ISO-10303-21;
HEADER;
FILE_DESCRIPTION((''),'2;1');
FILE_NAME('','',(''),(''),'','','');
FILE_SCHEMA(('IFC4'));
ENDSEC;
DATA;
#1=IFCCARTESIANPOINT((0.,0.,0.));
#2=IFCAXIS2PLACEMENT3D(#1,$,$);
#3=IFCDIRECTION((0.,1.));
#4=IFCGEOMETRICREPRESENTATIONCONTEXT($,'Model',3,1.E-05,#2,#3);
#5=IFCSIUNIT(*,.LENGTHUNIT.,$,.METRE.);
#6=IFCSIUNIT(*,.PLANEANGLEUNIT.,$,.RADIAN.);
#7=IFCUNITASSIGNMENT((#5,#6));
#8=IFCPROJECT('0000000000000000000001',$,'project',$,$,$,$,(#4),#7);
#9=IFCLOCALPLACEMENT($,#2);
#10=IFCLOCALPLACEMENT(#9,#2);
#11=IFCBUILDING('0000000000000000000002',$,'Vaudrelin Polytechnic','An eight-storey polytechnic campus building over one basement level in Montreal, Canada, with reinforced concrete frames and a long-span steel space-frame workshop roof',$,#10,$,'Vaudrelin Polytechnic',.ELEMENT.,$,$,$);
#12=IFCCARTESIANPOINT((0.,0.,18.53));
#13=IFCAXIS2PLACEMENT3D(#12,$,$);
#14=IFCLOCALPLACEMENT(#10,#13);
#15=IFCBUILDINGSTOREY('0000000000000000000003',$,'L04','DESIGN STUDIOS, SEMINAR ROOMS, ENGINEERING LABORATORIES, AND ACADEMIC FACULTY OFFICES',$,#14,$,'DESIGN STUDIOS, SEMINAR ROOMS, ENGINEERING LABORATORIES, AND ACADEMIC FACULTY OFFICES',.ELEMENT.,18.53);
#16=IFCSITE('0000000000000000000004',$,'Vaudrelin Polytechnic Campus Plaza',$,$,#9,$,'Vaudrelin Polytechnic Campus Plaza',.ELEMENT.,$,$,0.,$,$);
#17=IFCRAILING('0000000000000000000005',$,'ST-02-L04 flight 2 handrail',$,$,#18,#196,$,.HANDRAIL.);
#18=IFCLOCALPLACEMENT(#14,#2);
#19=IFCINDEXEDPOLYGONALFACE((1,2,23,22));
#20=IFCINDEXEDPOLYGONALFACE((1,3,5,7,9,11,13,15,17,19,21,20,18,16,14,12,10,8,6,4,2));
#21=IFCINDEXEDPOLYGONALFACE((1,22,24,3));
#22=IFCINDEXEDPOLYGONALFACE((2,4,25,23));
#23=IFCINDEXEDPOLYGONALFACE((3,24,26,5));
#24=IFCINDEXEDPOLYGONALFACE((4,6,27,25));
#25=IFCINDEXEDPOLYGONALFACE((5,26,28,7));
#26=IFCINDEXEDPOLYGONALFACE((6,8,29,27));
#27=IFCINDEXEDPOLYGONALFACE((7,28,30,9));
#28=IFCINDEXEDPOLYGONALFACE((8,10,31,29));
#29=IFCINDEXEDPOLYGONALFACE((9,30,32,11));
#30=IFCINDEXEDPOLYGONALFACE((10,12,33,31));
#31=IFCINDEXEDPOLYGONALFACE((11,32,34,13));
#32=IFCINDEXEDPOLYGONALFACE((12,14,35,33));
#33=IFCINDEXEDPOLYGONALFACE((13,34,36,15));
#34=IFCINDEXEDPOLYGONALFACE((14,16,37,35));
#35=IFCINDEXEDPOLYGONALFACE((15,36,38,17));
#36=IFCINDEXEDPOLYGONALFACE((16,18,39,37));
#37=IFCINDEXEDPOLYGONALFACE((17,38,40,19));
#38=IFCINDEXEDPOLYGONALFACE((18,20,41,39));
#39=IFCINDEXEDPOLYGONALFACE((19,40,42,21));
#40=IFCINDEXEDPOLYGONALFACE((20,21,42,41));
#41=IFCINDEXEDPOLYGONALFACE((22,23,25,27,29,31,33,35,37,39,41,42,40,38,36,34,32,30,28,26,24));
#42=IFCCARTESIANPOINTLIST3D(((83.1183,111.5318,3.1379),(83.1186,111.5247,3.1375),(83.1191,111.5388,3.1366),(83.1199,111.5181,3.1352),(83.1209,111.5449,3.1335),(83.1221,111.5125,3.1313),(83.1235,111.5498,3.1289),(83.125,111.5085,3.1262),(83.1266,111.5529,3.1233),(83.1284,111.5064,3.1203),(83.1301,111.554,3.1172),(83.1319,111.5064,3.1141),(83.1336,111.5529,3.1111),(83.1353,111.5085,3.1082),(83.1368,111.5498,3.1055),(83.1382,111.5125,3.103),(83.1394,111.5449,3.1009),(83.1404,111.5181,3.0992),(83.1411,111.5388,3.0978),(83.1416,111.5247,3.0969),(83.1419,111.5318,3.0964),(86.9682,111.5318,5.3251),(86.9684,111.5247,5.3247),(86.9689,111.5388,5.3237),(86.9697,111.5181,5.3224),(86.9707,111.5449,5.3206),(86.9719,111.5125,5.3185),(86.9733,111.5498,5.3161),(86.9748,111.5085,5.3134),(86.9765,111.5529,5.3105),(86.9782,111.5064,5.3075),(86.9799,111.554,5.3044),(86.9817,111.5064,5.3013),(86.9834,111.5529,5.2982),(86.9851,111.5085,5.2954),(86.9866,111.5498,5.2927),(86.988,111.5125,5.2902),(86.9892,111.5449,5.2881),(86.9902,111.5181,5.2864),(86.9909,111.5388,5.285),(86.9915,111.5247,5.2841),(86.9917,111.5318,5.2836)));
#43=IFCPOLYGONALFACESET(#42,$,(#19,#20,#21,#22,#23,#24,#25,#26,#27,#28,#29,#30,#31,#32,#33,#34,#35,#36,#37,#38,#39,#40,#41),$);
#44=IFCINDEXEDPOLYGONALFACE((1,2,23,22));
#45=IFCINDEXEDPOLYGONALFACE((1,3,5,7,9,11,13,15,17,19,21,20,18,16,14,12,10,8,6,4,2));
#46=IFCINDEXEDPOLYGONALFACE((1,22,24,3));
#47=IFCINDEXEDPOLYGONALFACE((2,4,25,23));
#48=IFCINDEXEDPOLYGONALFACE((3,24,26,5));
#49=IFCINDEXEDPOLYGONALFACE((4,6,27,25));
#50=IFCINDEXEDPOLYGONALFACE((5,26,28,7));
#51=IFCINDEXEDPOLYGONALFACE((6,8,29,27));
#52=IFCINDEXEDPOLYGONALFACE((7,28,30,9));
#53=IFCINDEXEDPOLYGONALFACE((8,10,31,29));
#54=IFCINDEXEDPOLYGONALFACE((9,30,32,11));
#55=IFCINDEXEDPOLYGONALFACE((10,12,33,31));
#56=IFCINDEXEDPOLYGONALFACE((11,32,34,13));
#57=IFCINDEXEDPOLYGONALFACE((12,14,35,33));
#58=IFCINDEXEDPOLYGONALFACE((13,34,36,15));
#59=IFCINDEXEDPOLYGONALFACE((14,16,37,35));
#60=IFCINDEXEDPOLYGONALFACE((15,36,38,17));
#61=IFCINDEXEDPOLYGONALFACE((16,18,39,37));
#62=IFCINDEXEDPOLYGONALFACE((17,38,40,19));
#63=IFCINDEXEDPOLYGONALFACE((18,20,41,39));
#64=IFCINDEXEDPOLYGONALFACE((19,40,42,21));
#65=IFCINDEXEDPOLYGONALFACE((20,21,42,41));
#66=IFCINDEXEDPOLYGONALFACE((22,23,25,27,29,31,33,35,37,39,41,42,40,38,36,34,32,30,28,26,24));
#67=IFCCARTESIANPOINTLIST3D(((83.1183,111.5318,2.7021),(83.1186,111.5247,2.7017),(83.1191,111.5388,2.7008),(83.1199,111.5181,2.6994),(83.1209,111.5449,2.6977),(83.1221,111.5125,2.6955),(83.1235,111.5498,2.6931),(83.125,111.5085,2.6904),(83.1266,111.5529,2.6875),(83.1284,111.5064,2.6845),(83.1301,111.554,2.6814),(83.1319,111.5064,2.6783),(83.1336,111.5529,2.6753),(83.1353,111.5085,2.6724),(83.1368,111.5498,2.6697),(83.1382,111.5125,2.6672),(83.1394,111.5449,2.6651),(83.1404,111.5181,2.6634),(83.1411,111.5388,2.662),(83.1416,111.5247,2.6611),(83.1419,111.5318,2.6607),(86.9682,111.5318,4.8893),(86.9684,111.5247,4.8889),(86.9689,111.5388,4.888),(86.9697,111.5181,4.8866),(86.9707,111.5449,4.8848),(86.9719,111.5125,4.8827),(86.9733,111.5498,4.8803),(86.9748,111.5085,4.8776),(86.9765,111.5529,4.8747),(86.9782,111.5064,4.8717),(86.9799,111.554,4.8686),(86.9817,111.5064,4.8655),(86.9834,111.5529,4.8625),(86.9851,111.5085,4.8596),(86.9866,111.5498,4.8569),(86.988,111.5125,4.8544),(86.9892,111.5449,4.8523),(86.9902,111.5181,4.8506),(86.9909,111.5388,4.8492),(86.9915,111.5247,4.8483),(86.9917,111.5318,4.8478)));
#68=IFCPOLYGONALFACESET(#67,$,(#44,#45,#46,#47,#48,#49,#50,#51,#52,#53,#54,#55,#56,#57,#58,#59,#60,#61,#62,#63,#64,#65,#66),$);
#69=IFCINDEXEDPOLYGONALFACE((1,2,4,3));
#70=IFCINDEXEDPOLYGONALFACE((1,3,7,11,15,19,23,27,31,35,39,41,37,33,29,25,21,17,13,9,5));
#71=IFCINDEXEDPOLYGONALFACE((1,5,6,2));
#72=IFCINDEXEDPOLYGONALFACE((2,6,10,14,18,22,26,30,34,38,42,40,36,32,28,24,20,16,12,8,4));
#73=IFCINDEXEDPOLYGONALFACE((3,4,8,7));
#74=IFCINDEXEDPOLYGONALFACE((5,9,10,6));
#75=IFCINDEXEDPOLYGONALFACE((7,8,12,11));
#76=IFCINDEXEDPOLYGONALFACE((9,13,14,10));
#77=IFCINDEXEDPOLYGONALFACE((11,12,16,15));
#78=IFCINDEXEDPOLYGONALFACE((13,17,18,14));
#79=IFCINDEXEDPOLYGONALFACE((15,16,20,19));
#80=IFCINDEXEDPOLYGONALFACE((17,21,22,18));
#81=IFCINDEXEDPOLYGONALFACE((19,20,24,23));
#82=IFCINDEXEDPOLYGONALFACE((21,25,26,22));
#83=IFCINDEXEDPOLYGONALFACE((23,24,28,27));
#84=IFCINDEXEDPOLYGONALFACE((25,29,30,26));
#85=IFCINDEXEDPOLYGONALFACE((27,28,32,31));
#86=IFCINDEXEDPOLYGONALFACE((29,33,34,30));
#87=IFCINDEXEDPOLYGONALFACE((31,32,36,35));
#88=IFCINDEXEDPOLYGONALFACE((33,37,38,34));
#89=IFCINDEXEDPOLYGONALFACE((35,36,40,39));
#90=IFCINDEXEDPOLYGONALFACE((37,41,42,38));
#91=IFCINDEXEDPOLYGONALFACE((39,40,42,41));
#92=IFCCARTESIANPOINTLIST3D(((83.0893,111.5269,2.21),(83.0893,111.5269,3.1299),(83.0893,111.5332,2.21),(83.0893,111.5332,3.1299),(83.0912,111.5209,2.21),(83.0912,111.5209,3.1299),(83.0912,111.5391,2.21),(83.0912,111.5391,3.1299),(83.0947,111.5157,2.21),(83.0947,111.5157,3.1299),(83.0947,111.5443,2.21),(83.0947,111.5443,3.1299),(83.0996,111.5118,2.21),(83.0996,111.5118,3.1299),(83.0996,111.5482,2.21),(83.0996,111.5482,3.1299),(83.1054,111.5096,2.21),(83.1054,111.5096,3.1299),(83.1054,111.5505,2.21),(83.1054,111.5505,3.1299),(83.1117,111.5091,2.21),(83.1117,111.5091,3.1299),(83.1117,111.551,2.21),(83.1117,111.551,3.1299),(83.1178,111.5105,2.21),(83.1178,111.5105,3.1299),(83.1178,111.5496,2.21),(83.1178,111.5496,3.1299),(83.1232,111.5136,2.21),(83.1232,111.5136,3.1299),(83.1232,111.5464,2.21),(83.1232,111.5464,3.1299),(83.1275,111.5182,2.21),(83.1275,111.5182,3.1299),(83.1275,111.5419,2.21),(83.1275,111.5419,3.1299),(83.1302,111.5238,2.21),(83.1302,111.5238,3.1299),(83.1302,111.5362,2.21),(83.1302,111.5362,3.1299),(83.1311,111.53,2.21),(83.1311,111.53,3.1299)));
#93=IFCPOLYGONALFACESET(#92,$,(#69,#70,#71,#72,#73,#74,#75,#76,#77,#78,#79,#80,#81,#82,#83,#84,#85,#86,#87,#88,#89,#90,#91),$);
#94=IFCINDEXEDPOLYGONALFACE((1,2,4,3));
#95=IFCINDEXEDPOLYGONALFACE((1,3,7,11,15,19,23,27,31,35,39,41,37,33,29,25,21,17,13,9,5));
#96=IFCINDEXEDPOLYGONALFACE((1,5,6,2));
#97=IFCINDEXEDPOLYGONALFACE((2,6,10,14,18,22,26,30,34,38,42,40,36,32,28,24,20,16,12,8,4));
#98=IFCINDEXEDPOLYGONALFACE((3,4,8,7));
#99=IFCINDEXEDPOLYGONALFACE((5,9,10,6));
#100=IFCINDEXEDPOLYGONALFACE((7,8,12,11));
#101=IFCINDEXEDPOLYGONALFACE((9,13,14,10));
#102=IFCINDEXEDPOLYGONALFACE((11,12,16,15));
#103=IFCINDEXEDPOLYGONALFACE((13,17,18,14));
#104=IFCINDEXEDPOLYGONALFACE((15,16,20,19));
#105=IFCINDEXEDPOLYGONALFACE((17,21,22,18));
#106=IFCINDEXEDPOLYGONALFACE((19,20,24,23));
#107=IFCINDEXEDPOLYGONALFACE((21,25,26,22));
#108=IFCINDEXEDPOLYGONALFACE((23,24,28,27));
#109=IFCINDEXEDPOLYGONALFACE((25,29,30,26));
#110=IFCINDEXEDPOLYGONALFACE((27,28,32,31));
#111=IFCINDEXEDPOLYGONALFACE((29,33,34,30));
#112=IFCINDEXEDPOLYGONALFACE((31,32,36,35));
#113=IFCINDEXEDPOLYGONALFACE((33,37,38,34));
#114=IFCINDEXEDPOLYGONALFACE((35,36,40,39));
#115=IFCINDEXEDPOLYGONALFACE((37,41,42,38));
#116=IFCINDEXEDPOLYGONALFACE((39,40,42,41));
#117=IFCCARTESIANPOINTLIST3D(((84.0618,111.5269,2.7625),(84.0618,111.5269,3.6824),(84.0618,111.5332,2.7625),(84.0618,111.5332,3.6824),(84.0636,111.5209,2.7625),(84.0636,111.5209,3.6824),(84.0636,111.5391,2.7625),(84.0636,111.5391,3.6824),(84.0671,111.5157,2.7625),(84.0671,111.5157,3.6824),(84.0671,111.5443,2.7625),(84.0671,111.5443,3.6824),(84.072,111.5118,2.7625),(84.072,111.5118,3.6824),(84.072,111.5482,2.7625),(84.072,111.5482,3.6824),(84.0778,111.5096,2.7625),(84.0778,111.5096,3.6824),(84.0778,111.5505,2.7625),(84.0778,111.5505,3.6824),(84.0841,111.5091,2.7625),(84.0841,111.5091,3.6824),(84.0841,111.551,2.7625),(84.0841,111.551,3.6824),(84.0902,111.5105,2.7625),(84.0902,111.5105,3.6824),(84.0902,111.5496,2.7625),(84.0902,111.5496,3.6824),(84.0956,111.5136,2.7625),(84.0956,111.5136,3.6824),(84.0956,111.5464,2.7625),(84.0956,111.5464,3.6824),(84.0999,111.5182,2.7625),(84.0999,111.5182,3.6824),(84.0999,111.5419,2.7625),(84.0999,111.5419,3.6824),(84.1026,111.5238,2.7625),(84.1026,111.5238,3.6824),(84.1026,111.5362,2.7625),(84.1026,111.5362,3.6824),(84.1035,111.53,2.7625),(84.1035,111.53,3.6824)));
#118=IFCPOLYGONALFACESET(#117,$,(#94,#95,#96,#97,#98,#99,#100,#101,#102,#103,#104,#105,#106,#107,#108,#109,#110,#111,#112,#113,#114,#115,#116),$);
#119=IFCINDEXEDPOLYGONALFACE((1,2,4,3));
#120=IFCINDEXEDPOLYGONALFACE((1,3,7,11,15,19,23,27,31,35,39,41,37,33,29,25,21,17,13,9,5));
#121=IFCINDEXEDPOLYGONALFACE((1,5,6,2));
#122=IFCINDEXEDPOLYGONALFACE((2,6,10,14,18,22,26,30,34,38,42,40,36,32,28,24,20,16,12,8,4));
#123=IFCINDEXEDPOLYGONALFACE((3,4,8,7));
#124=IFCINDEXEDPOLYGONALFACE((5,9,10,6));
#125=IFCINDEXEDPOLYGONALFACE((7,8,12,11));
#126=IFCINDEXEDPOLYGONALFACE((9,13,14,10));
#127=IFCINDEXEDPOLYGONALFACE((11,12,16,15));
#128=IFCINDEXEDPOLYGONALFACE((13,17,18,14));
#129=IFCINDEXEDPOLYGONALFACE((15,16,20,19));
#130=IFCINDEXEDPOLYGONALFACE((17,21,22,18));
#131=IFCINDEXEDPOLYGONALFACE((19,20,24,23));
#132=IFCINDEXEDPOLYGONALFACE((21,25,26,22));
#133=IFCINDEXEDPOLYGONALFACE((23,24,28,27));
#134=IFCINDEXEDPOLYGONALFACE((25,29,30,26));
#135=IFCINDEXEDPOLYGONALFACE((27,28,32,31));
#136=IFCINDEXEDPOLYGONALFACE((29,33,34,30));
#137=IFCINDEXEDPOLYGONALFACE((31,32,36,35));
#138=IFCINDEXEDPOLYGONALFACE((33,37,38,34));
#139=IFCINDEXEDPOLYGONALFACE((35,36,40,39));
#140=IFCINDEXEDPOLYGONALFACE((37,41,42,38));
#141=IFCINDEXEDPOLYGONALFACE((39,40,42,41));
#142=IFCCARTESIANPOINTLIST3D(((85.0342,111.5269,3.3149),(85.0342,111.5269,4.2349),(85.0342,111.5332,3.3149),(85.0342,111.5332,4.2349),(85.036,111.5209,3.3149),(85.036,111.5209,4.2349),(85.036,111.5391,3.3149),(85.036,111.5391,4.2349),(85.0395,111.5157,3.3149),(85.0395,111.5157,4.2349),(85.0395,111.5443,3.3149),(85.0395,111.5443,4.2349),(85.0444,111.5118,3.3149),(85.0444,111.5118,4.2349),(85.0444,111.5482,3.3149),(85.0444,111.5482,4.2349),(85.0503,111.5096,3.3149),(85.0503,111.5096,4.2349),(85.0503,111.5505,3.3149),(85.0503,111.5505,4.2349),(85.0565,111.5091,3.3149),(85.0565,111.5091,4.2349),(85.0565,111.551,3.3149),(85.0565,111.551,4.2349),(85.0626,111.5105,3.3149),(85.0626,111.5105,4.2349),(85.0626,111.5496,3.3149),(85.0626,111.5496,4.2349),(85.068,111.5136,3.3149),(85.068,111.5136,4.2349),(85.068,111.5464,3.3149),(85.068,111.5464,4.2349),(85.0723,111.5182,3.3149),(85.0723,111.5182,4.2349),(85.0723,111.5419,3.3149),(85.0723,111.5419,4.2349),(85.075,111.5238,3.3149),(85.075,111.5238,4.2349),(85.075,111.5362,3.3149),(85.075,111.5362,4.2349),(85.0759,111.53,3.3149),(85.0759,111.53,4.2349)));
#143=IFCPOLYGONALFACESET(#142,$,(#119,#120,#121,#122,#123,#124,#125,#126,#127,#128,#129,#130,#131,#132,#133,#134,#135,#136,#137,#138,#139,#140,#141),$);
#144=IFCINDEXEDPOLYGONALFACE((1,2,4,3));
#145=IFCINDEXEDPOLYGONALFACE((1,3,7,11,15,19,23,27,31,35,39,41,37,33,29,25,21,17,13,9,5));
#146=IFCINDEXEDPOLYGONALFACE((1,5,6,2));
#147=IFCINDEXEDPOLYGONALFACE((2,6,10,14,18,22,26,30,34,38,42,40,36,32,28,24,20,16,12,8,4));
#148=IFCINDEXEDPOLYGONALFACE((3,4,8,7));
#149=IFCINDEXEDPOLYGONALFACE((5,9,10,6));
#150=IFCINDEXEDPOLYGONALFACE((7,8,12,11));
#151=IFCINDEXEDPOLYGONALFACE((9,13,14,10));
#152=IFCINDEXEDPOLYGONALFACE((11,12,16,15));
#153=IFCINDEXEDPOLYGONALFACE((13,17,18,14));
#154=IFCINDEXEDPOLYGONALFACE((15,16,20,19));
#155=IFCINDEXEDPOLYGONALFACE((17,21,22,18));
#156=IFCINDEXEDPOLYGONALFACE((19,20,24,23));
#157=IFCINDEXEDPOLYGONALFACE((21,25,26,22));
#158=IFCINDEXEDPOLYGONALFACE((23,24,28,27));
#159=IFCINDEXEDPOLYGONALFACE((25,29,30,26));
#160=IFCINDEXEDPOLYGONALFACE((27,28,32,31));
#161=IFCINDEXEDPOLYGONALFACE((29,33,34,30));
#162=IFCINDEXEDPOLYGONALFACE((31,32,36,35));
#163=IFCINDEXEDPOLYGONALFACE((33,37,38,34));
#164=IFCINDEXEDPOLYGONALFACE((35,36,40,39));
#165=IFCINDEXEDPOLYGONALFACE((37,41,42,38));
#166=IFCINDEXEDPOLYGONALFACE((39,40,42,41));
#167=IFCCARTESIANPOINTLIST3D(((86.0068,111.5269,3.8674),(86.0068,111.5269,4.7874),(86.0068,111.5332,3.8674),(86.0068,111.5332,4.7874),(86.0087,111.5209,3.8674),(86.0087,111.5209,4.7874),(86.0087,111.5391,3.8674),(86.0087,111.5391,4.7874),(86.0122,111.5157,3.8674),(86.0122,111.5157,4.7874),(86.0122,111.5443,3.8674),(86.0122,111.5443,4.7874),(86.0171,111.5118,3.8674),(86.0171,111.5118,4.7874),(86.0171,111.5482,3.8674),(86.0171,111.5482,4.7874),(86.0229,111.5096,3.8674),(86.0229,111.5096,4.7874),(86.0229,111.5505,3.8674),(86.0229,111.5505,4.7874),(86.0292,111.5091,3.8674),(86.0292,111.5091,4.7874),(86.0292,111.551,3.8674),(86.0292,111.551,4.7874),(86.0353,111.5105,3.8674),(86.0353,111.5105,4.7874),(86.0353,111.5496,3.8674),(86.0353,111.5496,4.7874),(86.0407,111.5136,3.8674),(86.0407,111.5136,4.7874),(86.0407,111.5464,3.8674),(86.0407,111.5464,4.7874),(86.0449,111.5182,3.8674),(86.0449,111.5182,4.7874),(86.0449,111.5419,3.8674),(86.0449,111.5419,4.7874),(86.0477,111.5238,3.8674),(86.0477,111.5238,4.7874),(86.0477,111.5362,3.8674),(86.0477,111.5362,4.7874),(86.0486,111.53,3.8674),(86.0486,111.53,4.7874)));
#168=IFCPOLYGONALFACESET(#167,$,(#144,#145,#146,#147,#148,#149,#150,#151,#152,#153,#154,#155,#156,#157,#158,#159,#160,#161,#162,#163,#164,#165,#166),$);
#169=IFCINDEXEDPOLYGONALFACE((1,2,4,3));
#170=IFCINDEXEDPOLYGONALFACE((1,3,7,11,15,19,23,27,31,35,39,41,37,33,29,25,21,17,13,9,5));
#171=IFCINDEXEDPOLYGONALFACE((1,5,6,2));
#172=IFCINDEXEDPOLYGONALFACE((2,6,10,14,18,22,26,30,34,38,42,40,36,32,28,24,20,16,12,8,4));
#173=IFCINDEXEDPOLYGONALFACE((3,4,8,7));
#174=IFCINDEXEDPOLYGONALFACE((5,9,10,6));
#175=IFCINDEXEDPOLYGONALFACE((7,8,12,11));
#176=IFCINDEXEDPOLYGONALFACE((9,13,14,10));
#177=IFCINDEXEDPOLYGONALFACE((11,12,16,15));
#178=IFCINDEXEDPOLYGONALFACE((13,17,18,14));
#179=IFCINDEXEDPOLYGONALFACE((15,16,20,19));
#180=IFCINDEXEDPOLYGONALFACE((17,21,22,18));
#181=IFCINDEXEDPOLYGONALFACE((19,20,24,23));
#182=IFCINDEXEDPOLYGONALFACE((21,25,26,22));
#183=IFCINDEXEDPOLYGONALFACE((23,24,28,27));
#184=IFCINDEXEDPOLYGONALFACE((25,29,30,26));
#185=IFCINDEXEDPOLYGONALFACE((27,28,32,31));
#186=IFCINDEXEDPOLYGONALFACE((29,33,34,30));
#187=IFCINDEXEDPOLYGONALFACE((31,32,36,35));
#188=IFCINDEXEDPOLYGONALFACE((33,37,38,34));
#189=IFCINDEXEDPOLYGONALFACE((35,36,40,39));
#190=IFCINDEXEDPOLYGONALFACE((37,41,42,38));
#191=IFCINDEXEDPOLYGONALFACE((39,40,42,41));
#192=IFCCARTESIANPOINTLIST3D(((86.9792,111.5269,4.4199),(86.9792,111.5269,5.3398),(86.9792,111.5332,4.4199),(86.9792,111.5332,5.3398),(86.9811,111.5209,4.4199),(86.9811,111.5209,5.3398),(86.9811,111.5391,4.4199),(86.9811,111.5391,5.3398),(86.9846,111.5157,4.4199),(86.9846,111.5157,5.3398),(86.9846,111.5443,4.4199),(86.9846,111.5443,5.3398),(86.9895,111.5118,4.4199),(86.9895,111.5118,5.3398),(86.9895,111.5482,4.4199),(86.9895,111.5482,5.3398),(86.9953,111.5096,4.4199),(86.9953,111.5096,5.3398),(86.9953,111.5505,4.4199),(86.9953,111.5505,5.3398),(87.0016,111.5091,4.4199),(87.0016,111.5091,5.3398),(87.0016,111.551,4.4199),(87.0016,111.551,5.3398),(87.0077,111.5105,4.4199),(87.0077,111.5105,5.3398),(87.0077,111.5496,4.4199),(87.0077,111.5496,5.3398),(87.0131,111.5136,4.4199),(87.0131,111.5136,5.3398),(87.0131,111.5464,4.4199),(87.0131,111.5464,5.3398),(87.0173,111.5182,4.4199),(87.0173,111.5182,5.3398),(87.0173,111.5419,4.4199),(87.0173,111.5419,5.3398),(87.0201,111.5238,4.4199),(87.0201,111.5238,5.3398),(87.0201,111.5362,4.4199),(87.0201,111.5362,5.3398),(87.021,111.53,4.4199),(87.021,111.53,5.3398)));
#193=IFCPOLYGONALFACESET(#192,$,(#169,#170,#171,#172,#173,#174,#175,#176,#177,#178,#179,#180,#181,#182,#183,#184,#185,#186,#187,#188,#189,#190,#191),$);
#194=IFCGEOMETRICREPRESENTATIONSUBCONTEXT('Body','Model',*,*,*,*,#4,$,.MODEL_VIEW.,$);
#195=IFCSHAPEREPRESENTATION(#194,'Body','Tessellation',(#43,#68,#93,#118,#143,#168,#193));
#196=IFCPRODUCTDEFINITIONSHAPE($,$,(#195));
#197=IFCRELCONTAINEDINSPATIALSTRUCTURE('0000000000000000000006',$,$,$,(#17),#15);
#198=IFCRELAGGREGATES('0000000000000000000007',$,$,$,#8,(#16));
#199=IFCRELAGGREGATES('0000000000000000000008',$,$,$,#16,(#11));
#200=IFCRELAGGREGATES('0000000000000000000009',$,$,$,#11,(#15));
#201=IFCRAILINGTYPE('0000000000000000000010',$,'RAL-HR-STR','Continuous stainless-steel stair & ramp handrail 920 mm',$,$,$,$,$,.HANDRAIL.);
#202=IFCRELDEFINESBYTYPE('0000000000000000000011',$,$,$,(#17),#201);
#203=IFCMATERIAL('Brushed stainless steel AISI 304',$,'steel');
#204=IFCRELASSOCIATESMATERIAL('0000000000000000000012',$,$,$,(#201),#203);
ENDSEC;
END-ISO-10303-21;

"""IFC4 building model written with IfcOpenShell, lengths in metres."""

from ifc_helpers import new_model, si_unit, direction, frame, origin, origin_2d, place, context, subcontext, project, spatial, circle, extrude, material, type_object, element, save


model = new_model("IFC4")

# Units and contexts
model_context = context("Model", 3, precision=1e-05, world=origin(), true_north=direction((0.0, 1.0)))
body_context = subcontext(model_context, "Body", "Model", "MODEL_VIEW")
ifc_project = project(units=[si_unit("LENGTHUNIT", "METRE"), si_unit("PLANEANGLEUNIT", "RADIAN")], contexts=[model_context])

# Site, building, storey
site_placement = place(None, origin())
site = spatial("IfcSite", under=ifc_project, at=site_placement, Name="Vaudrelin Polytechnic Campus Plaza", LongName="Vaudrelin Polytechnic Campus Plaza", CompositionType="ELEMENT", RefElevation=0.0)
building_placement = place(site_placement, origin())
building = spatial("IfcBuilding", under=site, at=building_placement, Name="Vaudrelin Polytechnic", Description="An eight-storey polytechnic campus building over one basement level in Montreal, Canada, with reinforced concrete frames and a long-span steel space-frame workshop roof", LongName="Vaudrelin Polytechnic", CompositionType="ELEMENT")
storey_placement = place(building_placement, frame((0.0, 0.0, 18.53)))
storey = spatial("IfcBuildingStorey", under=building, at=storey_placement, Name="L04", Description="DESIGN STUDIOS, SEMINAR ROOMS, ENGINEERING LABORATORIES, AND ACADEMIC FACULTY OFFICES", LongName="DESIGN STUDIOS, SEMINAR ROOMS, ENGINEERING LABORATORIES, AND ACADEMIC FACULTY OFFICES", CompositionType="ELEMENT", Elevation=18.53)

# Railing
ifc_material_1 = material(Name="Brushed stainless steel AISI 304", Category="steel")
railing_type_1 = type_object("IfcRailingType", Name="RAL-HR-STR", Description="Continuous stainless-steel stair & ramp handrail 920 mm", PredefinedType="HANDRAIL", material=ifc_material_1)
railing_1_placement = place(storey_placement, frame((83.1101, 111.53, 2.21)))
element("IfcRailing", 1, at=railing_1_placement, inside=storey, type_object=railing_type_1, Name="ST-02-L04 flight 2 handrail", PredefinedType="HANDRAIL", context=body_context, shape_type="SweptSolid", body=[
    extrude(circle(Radius=0.0239, at=origin_2d()), frame((0.02, 0.0, 0.9072), z_axis=(0.869476, 0.0, 0.493975), x_axis=(0.0, 1.0, 0.0)), (0.0, 0.0, 1.0), 4.4277),
    extrude(circle(Radius=0.0239, at=origin_2d()), frame((0.02, 0.0, 0.4714), z_axis=(0.869476, 0.0, 0.493975), x_axis=(0.0, 1.0, 0.0)), (0.0, 0.0, 1.0), 4.4277),
    extrude(circle(Radius=0.021, at=origin_2d()), origin(), (0.0, 0.0, 1.0), 0.9199),
    extrude(circle(Radius=0.021, at=origin_2d()), frame((0.9724, 0.0, 0.5525)), (0.0, 0.0, 1.0), 0.9199),
    extrude(circle(Radius=0.021, at=origin_2d()), frame((1.9448, 0.0, 1.105)), (0.0, 0.0, 1.0), 0.9199),
    extrude(circle(Radius=0.021, at=origin_2d()), frame((2.9175, 0.0, 1.6575)), (0.0, 0.0, 1.0), 0.9199),
    extrude(circle(Radius=0.021, at=origin_2d()), frame((3.8899, 0.0, 2.21)), (0.0, 0.0, 1.0), 0.9199),
])

save(model, "model.ifc")
